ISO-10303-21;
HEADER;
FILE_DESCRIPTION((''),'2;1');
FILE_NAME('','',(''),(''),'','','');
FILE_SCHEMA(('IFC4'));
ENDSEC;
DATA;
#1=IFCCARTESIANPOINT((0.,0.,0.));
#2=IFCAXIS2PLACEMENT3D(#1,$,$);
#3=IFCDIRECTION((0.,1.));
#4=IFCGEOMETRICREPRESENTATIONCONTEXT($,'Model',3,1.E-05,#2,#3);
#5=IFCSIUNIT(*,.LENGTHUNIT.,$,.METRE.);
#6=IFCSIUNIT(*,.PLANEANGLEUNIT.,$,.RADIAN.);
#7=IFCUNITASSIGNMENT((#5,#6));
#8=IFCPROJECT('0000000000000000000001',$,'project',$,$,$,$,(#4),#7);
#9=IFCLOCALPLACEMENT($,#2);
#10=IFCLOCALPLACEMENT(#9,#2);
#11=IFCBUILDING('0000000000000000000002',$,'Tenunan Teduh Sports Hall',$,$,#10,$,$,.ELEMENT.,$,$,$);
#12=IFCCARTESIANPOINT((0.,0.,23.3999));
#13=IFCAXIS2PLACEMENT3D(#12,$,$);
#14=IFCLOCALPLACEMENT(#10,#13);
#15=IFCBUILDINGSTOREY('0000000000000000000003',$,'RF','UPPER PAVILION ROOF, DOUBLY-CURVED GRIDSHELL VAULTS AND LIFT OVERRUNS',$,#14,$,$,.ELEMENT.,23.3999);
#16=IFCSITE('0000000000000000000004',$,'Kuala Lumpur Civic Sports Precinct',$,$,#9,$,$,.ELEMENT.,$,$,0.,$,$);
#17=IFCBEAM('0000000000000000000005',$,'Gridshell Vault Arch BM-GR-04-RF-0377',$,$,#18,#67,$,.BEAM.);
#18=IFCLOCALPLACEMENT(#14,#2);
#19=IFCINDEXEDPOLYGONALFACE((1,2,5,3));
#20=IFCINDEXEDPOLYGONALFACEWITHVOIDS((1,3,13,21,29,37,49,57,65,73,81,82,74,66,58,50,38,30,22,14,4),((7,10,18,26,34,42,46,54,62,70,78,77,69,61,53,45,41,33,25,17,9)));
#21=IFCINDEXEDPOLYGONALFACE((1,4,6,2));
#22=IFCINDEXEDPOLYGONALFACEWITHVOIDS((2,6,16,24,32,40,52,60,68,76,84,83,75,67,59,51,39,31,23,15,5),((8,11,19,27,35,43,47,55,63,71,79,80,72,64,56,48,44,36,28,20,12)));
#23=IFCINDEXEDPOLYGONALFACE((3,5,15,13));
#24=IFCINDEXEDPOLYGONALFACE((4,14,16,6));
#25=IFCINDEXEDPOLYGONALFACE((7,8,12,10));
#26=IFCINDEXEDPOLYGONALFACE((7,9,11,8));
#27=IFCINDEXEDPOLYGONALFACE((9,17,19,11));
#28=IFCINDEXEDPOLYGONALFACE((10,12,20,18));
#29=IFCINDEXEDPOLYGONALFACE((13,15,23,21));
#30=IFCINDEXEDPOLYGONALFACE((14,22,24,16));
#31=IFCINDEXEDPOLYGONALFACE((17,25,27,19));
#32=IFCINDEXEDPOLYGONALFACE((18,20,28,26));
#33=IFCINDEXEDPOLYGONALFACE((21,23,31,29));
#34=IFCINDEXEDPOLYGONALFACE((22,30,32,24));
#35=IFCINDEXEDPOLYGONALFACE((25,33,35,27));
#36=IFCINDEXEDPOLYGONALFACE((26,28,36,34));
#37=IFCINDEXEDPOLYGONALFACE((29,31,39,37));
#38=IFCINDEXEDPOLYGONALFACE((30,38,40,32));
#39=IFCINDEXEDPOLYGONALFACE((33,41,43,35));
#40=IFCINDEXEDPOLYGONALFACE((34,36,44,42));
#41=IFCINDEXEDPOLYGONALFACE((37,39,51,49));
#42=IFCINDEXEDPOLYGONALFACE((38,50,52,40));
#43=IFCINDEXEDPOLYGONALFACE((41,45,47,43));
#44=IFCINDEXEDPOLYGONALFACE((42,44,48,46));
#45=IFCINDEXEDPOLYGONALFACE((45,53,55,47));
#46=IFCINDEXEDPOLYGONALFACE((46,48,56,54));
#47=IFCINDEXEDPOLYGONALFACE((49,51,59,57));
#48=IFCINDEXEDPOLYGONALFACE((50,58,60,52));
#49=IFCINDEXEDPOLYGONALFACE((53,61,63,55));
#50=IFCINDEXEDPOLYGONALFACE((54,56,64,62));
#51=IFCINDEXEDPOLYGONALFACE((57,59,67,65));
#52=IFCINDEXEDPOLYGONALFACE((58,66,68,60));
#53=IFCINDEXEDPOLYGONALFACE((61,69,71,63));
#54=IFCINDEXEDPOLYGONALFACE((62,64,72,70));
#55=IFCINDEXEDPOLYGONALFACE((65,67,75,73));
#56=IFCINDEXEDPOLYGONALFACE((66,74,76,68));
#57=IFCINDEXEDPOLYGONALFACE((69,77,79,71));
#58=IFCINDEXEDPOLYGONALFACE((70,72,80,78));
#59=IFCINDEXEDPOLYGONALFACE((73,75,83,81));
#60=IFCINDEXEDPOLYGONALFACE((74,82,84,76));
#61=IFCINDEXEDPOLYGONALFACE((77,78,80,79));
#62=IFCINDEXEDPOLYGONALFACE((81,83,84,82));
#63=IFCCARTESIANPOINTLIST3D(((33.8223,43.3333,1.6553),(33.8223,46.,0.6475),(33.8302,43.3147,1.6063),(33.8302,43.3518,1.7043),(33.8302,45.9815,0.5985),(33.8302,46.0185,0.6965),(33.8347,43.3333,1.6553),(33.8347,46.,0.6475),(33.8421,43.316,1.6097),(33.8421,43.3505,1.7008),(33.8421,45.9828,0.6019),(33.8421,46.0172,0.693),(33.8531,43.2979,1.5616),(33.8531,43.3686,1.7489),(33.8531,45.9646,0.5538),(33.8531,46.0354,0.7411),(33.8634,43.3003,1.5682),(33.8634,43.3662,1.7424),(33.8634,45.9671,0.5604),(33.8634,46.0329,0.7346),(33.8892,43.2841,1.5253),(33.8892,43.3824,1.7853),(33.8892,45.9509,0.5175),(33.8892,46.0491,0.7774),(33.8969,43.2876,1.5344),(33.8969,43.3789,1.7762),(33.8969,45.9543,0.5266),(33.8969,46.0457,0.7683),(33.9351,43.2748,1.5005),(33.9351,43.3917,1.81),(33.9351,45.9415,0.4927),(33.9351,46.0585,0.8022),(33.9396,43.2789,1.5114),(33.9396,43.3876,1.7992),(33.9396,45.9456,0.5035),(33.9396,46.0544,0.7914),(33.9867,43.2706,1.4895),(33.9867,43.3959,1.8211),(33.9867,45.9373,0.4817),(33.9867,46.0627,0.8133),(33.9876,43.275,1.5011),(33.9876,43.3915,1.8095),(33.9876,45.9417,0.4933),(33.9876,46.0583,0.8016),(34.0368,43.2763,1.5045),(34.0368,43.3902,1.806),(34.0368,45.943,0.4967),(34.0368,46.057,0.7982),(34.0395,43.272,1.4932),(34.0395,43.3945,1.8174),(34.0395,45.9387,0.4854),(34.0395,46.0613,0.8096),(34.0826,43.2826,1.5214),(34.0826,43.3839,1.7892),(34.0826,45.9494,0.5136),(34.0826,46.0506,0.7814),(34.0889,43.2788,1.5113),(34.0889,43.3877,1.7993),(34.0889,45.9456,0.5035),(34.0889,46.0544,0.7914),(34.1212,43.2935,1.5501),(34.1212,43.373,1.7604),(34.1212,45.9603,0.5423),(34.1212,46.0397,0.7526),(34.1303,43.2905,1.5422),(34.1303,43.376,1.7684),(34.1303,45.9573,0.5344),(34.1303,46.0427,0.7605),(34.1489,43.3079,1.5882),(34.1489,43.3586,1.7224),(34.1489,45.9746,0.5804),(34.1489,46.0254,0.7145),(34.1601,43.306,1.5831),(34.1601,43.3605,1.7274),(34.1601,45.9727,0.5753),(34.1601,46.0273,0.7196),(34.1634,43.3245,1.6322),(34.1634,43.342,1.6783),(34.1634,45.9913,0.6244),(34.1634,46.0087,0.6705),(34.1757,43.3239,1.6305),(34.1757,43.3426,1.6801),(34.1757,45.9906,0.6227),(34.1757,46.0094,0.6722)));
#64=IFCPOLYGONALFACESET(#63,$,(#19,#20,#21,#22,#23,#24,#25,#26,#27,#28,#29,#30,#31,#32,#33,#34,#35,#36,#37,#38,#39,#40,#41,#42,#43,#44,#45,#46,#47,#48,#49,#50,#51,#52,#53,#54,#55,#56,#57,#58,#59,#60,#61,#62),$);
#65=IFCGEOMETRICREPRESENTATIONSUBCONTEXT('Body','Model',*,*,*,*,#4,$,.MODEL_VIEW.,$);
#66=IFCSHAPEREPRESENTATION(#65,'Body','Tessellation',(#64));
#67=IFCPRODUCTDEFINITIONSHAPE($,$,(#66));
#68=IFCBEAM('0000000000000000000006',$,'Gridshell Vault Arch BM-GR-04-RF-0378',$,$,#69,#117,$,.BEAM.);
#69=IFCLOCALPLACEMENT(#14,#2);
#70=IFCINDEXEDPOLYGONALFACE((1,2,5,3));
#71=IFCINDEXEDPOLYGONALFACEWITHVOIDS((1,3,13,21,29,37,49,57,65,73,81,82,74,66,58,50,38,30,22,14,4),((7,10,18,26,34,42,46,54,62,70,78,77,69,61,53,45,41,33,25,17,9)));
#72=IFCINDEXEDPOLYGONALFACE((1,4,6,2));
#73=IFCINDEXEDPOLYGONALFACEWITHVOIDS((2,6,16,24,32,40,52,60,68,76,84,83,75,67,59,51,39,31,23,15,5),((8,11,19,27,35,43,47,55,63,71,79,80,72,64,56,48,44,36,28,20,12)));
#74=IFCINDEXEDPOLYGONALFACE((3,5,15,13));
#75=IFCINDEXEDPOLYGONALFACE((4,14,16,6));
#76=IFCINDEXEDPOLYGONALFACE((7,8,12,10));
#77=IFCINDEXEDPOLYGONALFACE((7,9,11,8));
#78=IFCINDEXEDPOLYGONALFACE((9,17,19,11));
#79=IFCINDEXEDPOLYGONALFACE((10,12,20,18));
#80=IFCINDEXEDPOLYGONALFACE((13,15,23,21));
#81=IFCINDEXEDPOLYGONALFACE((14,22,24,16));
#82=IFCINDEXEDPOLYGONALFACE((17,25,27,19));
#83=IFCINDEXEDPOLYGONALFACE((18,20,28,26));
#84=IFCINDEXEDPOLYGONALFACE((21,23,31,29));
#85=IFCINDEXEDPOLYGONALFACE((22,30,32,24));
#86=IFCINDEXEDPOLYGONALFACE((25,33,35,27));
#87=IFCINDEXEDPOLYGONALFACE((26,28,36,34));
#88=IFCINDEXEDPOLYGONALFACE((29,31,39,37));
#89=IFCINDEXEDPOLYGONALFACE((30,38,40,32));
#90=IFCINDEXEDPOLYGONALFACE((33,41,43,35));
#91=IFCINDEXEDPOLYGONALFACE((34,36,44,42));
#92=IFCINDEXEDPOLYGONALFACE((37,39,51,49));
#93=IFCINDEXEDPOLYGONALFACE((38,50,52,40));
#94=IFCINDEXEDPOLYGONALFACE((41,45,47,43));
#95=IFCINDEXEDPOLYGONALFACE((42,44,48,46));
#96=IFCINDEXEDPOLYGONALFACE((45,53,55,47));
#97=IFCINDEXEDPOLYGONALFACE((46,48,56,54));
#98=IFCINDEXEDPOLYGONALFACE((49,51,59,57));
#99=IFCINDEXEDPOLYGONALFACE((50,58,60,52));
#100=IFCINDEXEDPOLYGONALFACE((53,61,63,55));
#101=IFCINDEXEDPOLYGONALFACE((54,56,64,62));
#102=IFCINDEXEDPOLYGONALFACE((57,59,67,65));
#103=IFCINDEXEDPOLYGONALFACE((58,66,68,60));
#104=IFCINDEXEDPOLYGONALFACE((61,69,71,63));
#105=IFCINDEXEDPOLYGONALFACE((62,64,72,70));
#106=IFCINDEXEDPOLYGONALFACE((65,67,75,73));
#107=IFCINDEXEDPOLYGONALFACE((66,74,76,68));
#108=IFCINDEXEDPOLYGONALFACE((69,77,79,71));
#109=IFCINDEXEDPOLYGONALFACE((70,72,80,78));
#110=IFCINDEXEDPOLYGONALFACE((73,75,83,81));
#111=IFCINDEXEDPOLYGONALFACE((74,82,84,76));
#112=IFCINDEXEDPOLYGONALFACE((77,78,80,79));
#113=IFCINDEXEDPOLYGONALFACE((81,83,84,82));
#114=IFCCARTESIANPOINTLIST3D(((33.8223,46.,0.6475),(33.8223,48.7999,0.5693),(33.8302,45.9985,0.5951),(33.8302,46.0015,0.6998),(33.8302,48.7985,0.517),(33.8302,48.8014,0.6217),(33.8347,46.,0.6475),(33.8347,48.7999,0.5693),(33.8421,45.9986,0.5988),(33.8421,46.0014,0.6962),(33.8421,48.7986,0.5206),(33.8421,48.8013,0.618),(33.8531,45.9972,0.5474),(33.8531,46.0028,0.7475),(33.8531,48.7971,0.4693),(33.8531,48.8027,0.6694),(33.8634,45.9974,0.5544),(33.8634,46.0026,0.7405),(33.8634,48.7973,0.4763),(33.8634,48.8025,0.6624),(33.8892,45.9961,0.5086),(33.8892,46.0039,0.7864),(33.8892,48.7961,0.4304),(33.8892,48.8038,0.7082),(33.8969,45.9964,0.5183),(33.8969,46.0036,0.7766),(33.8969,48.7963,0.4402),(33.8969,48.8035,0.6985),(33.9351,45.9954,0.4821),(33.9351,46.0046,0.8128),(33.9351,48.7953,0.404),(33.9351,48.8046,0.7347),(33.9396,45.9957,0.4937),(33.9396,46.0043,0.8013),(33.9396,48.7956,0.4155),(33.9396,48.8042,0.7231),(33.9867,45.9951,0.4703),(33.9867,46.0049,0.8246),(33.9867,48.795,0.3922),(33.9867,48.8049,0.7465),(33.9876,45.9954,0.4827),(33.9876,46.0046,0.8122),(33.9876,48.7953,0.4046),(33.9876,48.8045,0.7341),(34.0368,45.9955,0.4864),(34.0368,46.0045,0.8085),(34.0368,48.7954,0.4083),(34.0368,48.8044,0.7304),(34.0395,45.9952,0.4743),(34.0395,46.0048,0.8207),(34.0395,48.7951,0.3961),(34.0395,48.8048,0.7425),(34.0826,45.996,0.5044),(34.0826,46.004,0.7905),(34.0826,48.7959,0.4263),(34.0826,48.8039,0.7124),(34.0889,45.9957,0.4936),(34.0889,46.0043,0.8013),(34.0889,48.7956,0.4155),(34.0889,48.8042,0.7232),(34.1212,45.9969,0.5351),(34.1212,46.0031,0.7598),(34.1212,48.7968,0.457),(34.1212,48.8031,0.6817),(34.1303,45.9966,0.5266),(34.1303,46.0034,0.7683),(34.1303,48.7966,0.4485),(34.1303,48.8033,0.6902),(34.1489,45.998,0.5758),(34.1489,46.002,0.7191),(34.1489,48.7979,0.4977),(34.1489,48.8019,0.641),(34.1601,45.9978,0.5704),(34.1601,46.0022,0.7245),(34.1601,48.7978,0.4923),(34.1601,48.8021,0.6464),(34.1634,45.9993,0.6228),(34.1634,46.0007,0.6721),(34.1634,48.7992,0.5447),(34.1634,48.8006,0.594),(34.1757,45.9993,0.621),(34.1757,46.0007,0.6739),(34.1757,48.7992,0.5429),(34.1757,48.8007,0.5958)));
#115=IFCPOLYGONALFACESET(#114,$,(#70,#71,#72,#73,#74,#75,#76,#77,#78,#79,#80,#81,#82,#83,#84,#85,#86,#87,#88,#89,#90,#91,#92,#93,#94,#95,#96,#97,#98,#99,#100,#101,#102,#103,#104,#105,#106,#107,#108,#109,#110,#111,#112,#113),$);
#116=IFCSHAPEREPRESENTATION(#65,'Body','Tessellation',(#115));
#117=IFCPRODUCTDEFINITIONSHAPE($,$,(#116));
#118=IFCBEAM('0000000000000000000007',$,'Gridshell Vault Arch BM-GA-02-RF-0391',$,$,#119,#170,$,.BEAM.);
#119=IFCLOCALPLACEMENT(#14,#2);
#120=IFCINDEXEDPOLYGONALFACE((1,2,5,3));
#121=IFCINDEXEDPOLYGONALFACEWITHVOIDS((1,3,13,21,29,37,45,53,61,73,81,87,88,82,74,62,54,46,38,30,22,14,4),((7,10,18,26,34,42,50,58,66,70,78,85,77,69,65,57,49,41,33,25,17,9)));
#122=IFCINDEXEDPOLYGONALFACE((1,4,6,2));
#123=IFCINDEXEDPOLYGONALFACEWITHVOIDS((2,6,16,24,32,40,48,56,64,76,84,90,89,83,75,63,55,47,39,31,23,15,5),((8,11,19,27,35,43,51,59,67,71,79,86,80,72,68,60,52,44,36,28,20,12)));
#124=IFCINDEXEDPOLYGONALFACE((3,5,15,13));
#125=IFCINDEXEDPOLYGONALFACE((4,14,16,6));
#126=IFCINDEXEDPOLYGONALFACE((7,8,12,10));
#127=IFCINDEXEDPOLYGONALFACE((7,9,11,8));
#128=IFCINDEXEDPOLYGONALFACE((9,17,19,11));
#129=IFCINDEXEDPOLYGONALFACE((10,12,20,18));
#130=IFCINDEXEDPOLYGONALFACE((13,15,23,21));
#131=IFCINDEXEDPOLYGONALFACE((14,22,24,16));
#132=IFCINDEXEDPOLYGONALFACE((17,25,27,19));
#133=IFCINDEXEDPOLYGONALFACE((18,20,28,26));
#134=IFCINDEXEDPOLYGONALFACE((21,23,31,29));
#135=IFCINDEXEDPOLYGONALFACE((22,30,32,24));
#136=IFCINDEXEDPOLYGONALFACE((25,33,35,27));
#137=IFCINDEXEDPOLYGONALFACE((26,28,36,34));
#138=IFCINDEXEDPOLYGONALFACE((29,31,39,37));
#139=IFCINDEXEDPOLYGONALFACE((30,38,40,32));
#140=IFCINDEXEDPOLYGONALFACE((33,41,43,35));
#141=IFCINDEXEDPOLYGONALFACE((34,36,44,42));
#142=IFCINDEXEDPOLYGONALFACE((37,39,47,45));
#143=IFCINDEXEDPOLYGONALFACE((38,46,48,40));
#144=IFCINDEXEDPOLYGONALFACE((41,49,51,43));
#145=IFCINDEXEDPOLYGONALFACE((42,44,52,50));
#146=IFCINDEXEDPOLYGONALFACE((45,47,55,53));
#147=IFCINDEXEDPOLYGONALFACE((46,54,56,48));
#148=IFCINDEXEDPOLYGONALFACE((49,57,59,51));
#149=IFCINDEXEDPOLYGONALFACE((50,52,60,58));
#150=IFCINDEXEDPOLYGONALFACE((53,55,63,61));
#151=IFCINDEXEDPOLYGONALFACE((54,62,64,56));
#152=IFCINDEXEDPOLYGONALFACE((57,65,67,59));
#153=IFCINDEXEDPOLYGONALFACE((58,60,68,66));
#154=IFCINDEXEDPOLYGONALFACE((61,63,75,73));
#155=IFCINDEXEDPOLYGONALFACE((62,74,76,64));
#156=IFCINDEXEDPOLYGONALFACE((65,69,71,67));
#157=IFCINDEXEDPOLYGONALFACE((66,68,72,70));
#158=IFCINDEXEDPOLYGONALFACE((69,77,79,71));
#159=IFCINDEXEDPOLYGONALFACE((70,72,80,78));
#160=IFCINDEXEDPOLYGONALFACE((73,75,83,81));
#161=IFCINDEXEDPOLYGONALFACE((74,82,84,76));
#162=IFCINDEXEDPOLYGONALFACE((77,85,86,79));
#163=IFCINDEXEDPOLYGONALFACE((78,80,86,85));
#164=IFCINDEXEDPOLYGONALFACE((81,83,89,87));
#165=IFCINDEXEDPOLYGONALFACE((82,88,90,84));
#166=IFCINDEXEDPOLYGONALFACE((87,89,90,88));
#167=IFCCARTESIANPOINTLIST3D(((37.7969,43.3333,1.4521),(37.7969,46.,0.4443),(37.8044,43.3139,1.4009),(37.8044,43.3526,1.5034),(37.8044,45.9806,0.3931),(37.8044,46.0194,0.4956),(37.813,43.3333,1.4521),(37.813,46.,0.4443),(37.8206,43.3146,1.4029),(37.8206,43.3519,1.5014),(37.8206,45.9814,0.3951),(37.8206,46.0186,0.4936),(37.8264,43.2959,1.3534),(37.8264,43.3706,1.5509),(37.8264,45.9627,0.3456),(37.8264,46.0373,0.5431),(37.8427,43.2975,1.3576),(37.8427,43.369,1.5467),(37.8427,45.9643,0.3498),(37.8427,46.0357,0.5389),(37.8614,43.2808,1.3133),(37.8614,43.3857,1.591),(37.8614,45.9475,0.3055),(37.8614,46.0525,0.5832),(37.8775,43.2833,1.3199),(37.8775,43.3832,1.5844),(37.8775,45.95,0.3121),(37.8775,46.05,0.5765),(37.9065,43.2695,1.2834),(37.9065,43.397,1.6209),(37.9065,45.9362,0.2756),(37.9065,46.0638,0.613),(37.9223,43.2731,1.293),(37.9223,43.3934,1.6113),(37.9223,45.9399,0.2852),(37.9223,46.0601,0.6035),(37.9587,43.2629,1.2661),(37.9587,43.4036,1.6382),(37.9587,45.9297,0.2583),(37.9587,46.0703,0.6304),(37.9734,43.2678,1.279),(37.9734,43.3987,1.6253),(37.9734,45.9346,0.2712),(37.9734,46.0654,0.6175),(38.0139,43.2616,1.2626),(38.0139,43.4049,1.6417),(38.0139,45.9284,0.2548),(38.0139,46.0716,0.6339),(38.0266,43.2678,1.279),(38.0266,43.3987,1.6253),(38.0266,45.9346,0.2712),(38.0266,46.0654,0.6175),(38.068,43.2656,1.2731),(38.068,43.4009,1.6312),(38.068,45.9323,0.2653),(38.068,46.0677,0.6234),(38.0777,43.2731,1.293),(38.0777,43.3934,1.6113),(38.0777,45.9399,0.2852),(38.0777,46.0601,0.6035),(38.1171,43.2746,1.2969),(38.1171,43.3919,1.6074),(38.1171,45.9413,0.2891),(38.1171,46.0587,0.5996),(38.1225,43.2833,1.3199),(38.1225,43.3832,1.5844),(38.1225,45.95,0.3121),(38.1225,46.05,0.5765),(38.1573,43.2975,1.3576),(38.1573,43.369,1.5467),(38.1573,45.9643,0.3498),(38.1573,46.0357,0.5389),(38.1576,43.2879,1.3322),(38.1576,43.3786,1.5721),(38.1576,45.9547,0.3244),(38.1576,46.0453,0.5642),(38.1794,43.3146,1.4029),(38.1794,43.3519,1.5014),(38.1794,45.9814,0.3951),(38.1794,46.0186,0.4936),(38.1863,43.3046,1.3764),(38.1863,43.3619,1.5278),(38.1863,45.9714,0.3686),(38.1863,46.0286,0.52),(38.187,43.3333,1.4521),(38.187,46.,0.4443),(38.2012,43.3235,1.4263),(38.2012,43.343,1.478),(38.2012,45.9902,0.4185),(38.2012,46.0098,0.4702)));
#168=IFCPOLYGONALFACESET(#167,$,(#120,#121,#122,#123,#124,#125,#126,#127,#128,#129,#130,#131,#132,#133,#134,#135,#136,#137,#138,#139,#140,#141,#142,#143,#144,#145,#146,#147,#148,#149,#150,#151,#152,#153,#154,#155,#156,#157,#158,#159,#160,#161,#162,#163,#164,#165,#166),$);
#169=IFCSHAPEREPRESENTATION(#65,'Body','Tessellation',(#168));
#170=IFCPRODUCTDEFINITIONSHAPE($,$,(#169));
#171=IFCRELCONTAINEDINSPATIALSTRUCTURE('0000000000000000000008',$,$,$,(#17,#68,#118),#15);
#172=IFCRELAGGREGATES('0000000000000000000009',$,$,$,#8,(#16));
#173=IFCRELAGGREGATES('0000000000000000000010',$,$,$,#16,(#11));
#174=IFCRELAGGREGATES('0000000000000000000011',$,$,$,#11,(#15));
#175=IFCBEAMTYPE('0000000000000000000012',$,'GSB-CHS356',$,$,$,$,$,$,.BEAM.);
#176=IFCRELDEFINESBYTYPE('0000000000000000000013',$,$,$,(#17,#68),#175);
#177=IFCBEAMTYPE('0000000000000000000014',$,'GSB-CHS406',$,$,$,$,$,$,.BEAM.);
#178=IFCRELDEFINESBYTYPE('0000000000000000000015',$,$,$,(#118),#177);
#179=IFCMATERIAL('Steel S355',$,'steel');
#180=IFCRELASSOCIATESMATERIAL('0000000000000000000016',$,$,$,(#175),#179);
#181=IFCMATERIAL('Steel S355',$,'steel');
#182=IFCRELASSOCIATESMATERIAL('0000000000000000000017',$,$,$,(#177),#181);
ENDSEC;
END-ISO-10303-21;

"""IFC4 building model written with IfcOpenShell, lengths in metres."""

from ifc_helpers import new_model, si_unit, direction, frame, origin, origin_2d, place, context, subcontext, project, spatial, hollow_circle, extrude, material, material_profile, profile_set, type_object, element, save


model = new_model("IFC4")

# Units and contexts
model_context = context("Model", 3, precision=1e-05, world=origin(), true_north=direction((0.0, 1.0)))
body_context = subcontext(model_context, "Body", "Model", "MODEL_VIEW")
ifc_project = project(units=[si_unit("LENGTHUNIT", "METRE"), si_unit("PLANEANGLEUNIT", "RADIAN")], contexts=[model_context])

# Site, building, storey
site_placement = place(None, origin())
site = spatial("IfcSite", under=ifc_project, at=site_placement, Name="Kuala Lumpur Civic Sports Precinct", CompositionType="ELEMENT", RefElevation=0.0)
building_placement = place(site_placement, origin())
building = spatial("IfcBuilding", under=site, at=building_placement, Name="Tenunan Teduh Sports Hall", CompositionType="ELEMENT")
storey_placement = place(building_placement, frame((0.0, 0.0, 23.3999)))
storey = spatial("IfcBuildingStorey", under=building, at=storey_placement, Name="RF", Description="UPPER PAVILION ROOF, DOUBLY-CURVED GRIDSHELL VAULTS AND LIFT OVERRUNS", CompositionType="ELEMENT", Elevation=23.3999)

# Beams
ifc_material_1 = material(Name="Steel S355", Category="steel")
ifc_material_profile_1 = material_profile(ifc_material_1, hollow_circle(Radius=0.1777, WallThickness=0.0125, at=origin_2d()), Name="CHS 355.6x12.5")
ifc_profile_set_1 = profile_set([ifc_material_profile_1], Name="Steel S355")
beam_type_1 = type_object("IfcBeamType", Name="GSB-CHS356", PredefinedType="BEAM", material=ifc_profile_set_1)
beam_1_placement = place(storey_placement, frame((34.0, 43.3333, 1.6553), z_axis=(0.0, 0.935429, -0.353515), x_axis=(-1.0, 0.0, 0.0)))
element("IfcBeam", 1, at=beam_1_placement, inside=storey, type_object=beam_type_1, Name="Gridshell Vault Arch BM-GR-04-RF-0377", PredefinedType="BEAM", context=body_context, shape_type="SweptSolid", body=[
    extrude(hollow_circle(Radius=0.1777, WallThickness=0.0125, at=origin_2d()), origin(), (0.0, 0.0, 1.0), 2.8508),
])
beam_2_placement = place(storey_placement, frame((34.0, 46.0, 0.6475), z_axis=(0.0, 0.999611, -0.02789), x_axis=(-1.0, 0.0, 0.0)))
element("IfcBeam", 2, at=beam_2_placement, inside=storey, type_object=beam_type_1, Name="Gridshell Vault Arch BM-GR-04-RF-0378", PredefinedType="BEAM", context=body_context, shape_type="SweptSolid", body=[
    extrude(hollow_circle(Radius=0.1777, WallThickness=0.0125, at=origin_2d()), origin(), (0.0, 0.0, 1.0), 2.801),
])
ifc_material_2 = material(Name="Steel S355", Category="steel")
ifc_material_profile_2 = material_profile(ifc_material_2, hollow_circle(Radius=0.2031, WallThickness=0.0161, at=origin_2d()), Name="CHS 406.4x16.0")
ifc_profile_set_2 = profile_set([ifc_material_profile_2], Name="Steel S355")
beam_type_2 = type_object("IfcBeamType", Name="GSB-CHS406", PredefinedType="BEAM", material=ifc_profile_set_2)
beam_3_placement = place(storey_placement, frame((38.0, 43.3333, 1.4521), z_axis=(0.0, 0.935429, -0.353515), x_axis=(-1.0, 0.0, 0.0)))
element("IfcBeam", 3, at=beam_3_placement, inside=storey, type_object=beam_type_2, Name="Gridshell Vault Arch BM-GA-02-RF-0391", PredefinedType="BEAM", context=body_context, shape_type="SweptSolid", body=[
    extrude(hollow_circle(Radius=0.2031, WallThickness=0.0161, at=origin_2d()), origin(), (0.0, 0.0, 1.0), 2.8508),
])

save(model, "model.ifc")
